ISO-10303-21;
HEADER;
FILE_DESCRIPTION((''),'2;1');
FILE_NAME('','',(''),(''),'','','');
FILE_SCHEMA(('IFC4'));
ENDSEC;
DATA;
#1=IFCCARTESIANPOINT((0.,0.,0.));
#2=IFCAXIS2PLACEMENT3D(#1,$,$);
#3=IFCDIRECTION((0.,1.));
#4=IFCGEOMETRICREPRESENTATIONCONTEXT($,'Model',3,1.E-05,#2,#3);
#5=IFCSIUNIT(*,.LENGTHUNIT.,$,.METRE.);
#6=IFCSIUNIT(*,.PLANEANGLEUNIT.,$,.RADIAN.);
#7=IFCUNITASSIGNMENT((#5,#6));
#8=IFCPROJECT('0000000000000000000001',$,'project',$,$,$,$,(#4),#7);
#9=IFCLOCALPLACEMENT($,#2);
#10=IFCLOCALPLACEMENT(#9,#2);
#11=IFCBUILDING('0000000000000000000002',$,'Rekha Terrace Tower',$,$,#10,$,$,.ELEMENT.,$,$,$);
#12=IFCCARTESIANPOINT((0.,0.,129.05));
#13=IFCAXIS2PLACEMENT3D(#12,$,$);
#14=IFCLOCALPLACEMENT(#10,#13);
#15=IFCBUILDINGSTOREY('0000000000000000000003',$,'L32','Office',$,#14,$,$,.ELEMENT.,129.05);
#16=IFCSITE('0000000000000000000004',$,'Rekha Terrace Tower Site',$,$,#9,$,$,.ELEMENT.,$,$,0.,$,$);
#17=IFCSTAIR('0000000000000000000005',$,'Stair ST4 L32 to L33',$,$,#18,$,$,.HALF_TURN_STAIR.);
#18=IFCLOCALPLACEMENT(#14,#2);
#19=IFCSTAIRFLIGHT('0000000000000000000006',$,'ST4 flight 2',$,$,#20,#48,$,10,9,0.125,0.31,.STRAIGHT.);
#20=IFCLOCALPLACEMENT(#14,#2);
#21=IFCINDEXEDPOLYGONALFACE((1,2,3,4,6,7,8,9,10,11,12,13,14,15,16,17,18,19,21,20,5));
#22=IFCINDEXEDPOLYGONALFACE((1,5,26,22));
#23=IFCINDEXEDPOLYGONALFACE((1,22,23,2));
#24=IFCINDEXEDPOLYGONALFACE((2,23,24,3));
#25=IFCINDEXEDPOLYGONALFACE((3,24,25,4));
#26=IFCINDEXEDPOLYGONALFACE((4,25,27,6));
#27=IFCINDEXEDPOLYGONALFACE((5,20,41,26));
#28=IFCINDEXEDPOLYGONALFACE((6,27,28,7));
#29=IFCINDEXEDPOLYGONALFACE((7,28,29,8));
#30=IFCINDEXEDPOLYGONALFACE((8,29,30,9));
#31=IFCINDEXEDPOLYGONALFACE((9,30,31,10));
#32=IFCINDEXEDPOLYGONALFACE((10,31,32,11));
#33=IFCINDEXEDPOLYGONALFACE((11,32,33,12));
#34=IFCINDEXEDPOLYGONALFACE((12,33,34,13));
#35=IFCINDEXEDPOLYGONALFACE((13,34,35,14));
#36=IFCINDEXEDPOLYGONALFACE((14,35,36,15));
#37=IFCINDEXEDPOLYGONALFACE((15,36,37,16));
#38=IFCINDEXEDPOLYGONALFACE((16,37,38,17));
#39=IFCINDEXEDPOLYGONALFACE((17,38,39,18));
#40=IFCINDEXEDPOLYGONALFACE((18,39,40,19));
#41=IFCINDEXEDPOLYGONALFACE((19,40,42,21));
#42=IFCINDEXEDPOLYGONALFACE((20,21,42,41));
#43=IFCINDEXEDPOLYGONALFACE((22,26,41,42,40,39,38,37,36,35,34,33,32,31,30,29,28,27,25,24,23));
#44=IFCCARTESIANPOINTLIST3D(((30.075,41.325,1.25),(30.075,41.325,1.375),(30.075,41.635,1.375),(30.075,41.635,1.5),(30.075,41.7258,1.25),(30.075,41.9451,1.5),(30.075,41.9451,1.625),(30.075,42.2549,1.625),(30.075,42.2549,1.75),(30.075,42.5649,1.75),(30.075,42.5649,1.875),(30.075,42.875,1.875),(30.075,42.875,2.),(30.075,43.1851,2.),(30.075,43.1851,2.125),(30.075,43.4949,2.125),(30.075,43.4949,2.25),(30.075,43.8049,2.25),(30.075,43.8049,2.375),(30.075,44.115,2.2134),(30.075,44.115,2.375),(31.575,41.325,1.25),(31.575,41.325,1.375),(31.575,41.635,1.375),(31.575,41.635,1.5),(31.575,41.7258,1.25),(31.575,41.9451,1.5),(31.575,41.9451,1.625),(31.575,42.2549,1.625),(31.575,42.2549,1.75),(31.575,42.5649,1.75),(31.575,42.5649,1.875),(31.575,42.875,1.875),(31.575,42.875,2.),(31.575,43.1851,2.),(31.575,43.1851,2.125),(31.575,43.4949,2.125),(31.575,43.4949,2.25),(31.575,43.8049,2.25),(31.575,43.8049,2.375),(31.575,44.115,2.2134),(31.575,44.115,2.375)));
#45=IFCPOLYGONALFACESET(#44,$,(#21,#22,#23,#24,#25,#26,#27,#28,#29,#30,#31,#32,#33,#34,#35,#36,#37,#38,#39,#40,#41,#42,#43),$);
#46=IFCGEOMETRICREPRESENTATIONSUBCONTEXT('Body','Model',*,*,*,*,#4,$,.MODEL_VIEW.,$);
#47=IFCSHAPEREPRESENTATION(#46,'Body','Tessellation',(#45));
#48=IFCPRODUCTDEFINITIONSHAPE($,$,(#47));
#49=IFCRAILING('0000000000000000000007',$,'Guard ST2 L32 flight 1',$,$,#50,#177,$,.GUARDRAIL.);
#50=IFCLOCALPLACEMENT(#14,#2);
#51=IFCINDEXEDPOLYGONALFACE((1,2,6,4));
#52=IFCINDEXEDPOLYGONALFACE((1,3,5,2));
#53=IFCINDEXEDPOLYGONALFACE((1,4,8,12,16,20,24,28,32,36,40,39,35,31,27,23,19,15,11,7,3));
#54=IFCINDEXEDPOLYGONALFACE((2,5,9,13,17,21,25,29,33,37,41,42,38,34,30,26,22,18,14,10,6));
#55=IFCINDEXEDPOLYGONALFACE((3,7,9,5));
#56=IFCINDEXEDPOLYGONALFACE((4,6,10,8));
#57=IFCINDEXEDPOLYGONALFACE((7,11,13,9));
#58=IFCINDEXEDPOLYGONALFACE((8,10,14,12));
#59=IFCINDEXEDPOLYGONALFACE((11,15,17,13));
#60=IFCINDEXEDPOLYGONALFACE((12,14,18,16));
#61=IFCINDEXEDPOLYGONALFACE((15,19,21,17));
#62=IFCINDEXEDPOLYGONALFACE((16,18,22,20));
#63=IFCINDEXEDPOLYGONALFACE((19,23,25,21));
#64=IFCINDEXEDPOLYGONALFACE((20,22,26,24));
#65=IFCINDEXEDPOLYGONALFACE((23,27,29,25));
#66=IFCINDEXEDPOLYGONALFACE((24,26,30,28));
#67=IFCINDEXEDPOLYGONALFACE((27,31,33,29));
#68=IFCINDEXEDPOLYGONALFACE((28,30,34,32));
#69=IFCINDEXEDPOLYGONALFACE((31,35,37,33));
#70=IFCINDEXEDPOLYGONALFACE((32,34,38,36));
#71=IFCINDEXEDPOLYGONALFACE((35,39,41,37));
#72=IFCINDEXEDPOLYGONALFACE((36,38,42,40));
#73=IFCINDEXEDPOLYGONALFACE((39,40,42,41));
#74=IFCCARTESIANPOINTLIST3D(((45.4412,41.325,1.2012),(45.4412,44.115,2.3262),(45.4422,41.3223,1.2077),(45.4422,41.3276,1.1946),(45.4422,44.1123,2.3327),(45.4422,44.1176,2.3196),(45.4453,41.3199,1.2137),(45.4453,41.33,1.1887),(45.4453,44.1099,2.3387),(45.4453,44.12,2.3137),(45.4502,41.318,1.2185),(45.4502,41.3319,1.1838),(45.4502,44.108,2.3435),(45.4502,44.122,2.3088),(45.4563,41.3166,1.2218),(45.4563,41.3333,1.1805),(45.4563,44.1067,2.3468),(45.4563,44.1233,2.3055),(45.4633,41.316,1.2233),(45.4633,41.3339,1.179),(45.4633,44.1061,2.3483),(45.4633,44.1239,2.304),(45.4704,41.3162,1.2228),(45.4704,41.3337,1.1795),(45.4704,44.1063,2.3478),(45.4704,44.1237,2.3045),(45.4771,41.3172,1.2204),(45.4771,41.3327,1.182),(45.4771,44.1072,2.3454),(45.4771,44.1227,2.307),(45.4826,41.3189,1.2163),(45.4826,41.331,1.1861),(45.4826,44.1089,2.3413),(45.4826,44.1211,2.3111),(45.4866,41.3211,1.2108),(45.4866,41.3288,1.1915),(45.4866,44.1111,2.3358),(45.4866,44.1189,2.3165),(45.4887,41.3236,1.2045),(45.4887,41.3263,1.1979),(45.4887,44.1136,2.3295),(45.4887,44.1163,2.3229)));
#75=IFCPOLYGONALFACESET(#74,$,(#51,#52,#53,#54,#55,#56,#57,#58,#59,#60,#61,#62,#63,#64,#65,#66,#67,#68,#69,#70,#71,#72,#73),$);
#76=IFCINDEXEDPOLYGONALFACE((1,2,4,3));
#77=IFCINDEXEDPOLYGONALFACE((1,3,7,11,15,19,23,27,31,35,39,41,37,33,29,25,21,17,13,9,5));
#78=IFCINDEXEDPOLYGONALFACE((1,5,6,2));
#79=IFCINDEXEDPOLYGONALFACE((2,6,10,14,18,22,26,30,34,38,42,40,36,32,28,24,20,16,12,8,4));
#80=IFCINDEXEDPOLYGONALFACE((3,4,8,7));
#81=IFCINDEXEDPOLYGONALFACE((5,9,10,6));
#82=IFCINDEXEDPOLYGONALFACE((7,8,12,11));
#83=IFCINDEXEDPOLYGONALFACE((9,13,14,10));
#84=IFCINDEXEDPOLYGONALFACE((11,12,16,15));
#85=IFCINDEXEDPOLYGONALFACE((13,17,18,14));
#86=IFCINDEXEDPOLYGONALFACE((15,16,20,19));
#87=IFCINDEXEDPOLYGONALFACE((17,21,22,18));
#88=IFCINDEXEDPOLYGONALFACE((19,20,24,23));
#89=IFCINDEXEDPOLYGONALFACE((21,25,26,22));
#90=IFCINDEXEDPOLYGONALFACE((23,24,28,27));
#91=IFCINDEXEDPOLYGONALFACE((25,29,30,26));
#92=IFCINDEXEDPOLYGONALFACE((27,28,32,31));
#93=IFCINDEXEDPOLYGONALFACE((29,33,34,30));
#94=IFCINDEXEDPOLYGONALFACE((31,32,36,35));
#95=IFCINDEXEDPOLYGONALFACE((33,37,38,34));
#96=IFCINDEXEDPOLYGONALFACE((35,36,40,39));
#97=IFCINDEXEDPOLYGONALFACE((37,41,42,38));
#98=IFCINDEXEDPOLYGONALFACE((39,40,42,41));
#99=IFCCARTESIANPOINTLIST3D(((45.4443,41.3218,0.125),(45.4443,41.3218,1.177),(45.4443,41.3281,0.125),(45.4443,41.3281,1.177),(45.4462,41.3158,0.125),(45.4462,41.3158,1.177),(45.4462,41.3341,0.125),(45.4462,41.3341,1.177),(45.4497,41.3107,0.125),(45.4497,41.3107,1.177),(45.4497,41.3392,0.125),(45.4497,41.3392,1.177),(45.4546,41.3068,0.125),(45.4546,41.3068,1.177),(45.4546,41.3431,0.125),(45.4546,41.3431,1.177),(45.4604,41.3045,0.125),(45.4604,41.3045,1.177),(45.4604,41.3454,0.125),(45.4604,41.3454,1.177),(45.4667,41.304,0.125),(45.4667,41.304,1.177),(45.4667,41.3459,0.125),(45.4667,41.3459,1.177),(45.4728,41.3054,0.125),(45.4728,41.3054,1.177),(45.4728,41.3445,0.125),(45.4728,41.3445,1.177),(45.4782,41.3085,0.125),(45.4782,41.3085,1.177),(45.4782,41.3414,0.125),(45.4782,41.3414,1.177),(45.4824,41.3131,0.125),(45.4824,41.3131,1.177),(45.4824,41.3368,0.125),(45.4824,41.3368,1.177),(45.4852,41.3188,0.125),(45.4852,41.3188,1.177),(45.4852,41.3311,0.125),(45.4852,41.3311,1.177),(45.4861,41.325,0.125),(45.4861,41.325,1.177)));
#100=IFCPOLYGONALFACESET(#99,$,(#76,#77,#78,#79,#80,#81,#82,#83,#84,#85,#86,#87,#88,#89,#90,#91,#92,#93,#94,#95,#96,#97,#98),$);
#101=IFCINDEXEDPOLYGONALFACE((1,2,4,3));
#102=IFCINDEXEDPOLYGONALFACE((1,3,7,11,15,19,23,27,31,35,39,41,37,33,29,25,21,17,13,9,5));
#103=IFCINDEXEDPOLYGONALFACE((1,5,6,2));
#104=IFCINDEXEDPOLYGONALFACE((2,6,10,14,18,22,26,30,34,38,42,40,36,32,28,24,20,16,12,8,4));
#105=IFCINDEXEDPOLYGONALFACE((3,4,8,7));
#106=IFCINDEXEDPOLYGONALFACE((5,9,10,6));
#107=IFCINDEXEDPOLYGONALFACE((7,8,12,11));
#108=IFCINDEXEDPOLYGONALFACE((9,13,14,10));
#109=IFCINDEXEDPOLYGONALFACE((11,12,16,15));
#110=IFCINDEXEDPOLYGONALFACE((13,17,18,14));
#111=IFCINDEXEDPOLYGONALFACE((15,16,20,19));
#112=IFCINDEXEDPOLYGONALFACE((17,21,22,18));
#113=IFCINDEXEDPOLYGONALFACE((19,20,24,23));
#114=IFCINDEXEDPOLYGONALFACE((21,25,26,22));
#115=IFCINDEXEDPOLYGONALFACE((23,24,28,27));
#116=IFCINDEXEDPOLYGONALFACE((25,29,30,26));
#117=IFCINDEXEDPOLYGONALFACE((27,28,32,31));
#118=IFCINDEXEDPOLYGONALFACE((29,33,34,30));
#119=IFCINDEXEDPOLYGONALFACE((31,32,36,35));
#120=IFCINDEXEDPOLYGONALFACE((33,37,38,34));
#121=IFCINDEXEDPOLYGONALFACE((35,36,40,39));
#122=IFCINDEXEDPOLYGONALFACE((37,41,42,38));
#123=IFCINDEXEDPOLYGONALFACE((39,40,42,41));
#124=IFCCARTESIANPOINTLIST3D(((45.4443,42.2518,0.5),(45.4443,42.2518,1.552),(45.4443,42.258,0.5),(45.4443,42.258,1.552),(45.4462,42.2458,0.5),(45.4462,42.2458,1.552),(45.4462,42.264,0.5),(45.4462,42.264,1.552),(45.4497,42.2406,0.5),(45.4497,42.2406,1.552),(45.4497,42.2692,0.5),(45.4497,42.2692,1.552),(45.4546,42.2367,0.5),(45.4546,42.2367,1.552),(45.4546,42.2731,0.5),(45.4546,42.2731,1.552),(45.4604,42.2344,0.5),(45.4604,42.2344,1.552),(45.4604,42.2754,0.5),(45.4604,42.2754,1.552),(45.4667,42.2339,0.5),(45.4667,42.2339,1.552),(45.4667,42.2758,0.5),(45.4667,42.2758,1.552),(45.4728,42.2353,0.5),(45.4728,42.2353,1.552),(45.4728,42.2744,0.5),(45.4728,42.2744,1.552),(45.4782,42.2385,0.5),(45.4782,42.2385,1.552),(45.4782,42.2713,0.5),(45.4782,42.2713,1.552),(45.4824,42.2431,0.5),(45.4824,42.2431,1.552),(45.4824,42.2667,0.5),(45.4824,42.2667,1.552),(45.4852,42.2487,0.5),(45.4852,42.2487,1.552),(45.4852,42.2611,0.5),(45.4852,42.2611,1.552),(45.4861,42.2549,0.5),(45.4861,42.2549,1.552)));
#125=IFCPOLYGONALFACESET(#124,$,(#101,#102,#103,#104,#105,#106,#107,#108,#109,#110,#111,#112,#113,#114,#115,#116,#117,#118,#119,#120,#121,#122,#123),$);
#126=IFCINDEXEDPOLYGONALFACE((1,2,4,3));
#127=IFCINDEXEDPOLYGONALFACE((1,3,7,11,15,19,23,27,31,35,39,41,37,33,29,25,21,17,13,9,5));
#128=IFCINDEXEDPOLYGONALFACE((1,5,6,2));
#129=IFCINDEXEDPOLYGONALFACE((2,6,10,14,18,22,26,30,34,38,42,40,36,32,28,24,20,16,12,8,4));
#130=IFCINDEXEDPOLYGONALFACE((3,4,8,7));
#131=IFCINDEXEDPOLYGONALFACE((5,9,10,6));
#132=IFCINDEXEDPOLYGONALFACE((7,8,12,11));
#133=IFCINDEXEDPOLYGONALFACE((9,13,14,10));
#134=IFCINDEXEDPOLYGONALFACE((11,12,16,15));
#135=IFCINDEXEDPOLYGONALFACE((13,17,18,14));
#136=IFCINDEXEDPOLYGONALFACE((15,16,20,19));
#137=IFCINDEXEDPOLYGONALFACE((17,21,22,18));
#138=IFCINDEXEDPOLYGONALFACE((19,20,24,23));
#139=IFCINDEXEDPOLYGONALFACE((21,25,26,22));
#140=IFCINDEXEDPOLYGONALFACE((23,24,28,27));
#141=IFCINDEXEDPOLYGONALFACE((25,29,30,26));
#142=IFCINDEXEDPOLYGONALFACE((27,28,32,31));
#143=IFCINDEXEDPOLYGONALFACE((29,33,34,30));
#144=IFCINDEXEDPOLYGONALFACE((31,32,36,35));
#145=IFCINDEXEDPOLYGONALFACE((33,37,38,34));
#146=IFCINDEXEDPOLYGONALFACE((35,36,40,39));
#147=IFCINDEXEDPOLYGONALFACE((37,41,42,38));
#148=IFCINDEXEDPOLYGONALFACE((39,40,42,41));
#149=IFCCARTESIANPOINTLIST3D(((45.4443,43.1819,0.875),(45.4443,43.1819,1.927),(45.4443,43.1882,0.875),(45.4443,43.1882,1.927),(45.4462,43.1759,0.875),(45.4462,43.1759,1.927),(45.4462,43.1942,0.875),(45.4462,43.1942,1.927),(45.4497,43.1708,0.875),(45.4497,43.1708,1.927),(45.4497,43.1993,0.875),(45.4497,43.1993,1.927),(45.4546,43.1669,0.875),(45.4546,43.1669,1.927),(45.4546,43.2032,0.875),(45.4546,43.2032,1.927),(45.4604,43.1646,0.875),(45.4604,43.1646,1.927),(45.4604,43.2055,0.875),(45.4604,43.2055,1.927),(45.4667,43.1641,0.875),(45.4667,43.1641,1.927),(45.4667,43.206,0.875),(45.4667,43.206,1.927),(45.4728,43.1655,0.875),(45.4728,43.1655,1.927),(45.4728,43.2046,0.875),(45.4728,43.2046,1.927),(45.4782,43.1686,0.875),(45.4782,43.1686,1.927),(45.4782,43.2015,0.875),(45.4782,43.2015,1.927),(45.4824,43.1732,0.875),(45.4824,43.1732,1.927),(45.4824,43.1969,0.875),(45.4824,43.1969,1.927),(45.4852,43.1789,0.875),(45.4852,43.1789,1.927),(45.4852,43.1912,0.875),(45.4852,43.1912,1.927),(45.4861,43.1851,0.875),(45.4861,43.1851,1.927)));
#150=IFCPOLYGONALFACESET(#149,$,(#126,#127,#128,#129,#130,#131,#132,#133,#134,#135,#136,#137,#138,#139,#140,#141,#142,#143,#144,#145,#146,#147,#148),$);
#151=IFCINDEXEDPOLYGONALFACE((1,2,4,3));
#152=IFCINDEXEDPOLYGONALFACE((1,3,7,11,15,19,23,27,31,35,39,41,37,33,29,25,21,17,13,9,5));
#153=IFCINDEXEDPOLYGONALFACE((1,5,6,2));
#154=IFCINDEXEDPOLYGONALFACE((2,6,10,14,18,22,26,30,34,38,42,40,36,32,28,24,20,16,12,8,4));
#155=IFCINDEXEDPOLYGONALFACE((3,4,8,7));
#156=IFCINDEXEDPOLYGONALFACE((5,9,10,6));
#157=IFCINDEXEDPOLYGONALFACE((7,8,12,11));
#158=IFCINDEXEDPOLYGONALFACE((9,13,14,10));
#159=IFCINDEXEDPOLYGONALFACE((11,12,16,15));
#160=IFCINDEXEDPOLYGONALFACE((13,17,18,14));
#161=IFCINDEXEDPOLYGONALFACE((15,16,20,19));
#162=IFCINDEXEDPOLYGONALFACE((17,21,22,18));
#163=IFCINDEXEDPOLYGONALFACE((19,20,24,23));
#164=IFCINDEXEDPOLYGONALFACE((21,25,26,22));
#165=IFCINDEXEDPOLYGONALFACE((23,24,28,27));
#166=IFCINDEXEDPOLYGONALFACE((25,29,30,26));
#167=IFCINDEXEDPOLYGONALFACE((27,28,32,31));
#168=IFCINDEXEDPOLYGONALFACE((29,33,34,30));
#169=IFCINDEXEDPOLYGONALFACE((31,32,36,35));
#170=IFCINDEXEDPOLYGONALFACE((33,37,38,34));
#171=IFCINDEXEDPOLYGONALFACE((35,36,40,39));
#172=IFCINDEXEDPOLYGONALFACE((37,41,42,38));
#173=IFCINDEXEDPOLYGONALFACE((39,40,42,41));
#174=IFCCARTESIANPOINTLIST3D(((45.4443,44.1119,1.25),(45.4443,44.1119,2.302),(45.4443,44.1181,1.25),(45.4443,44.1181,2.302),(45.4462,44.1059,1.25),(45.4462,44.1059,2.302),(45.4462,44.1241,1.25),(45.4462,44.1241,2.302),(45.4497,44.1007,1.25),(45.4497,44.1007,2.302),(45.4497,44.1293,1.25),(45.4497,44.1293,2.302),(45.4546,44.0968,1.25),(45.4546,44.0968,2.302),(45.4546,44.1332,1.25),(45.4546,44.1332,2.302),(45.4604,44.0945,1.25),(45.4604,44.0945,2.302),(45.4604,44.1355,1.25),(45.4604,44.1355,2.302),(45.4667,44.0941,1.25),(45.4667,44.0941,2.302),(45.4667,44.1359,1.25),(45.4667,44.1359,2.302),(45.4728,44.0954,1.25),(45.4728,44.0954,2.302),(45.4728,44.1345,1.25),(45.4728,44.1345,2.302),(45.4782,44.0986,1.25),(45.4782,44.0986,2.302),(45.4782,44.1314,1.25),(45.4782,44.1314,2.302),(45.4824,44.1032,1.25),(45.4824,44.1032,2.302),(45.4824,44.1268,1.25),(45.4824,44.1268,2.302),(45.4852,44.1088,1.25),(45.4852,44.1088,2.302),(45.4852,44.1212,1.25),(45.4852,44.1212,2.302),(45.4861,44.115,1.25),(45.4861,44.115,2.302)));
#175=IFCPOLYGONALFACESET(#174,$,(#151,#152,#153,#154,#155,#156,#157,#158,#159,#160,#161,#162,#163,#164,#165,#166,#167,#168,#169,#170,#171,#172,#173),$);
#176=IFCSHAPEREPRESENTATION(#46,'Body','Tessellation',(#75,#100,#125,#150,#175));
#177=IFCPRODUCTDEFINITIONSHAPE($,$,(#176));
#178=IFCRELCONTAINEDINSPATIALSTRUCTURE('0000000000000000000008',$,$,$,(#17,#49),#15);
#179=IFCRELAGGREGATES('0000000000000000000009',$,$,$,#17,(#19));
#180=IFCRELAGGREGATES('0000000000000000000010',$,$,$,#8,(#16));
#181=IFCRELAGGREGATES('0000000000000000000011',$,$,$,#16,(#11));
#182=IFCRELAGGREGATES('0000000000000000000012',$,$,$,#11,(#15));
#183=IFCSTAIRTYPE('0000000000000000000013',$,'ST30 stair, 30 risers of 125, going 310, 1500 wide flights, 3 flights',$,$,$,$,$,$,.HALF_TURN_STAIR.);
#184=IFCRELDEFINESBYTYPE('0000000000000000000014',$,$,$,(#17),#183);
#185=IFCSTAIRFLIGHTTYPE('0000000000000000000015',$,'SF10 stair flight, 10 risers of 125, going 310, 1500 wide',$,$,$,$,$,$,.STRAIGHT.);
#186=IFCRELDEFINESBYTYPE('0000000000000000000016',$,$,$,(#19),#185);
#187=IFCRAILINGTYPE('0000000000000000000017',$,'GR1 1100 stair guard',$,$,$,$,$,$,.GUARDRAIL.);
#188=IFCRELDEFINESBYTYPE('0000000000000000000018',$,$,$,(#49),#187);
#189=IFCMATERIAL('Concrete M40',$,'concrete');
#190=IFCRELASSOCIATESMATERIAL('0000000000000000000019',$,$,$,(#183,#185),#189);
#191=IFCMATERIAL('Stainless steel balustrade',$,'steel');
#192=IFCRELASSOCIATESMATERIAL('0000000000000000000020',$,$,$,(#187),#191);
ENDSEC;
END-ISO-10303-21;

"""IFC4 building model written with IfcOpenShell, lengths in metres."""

from ifc_helpers import new_model, si_unit, direction, frame, origin, origin_2d, place, context, subcontext, project, spatial, polyline, circle, outline, extrude, material, type_object, element, aggregate, save


model = new_model("IFC4")

# Units and contexts
model_context = context("Model", 3, precision=1e-05, world=origin(), true_north=direction((0.0, 1.0)))
body_context = subcontext(model_context, "Body", "Model", "MODEL_VIEW")
ifc_project = project(units=[si_unit("LENGTHUNIT", "METRE"), si_unit("PLANEANGLEUNIT", "RADIAN")], contexts=[model_context])

# Site, building, storey
site_placement = place(None, origin())
site = spatial("IfcSite", under=ifc_project, at=site_placement, Name="Rekha Terrace Tower Site", CompositionType="ELEMENT", RefElevation=0.0)
building_placement = place(site_placement, origin())
building = spatial("IfcBuilding", under=site, at=building_placement, Name="Rekha Terrace Tower", CompositionType="ELEMENT")
storey_placement = place(building_placement, frame((0.0, 0.0, 129.05)))
storey = spatial("IfcBuildingStorey", under=building, at=storey_placement, Name="L32", Description="Office", CompositionType="ELEMENT", Elevation=129.05)

# Stair, stair flight
ifc_material_1 = material(Name="Concrete M40", Category="concrete")
stair_type = type_object("IfcStairType", Name="ST30 stair, 30 risers of 125, going 310, 1500 wide flights, 3 flights", PredefinedType="HALF_TURN_STAIR", material=ifc_material_1)
stair_flight_type = type_object("IfcStairFlightType", Name="SF10 stair flight, 10 risers of 125, going 310, 1500 wide", PredefinedType="STRAIGHT", material=ifc_material_1)
stair_1_placement = place(storey_placement, origin())
stair_1 = element("IfcStair", 1, at=stair_1_placement, inside=storey, type_object=stair_type, Name="Stair ST4 L32 to L33", PredefinedType="HALF_TURN_STAIR")
stair_flight_1_placement = place(storey_placement, frame((30.825, 41.325, 1.25), z_axis=(0.0, 0.0, 1.0), x_axis=(0.0, 1.0, 0.0)))
stair_flight_1 = element("IfcStairFlight", 2, at=stair_flight_1_placement, type_object=stair_flight_type, Name="ST4 flight 2", NumberOfRisers=10, NumberOfTreads=9, PredefinedType="STRAIGHT", RiserHeight=0.125, TreadLength=0.31, context=body_context, shape_type="SweptSolid", body=[
    extrude(outline(polyline([(0.0, 0.0), (0.0, 0.125), (0.3101, 0.125), (0.3101, 0.25), (0.6201, 0.25), (0.6201, 0.375), (0.9299, 0.375), (0.9299, 0.5), (1.24, 0.5), (1.24, 0.625), (1.55, 0.625), (1.55, 0.75), (1.8601, 0.75), (1.8601, 0.875), (2.1699, 0.875), (2.1699, 1.0), (2.48, 1.0), (2.48, 1.125), (2.79, 1.125), (2.79, 1.25), (2.79, 0.9634), (0.4009, 0.0), (0.0, 0.0)])), frame((0.0, 0.75, 0.0), z_axis=(0.0, -1.0, 0.0), x_axis=(1.0, 0.0, 0.0)), (0.0, 0.0, 1.0), 1.5),
])
aggregate(stair_1, [stair_flight_1])

# Railing
ifc_material_2 = material(Name="Stainless steel balustrade", Category="steel")
railing_type_1 = type_object("IfcRailingType", Name="GR1 1100 stair guard", PredefinedType="GUARDRAIL", material=ifc_material_2)
railing_1_placement = place(storey_placement, frame((45.4651, 41.325, 0.125)))
element("IfcRailing", 3, at=railing_1_placement, inside=storey, type_object=railing_type_1, Name="Guard ST2 L32 flight 1", PredefinedType="GUARDRAIL", context=body_context, shape_type="SweptSolid", body=[
    extrude(circle(Radius=0.0239, at=origin_2d()), frame((0.0, 0.0, 1.0762), z_axis=(0.0, 0.927443, 0.373964), x_axis=(-1.0, 0.0, 0.0)), (0.0, 0.0, 1.0), 3.0083),
    extrude(circle(Radius=0.021, at=origin_2d()), origin(), (0.0, 0.0, 1.0), 1.052),
    extrude(circle(Radius=0.021, at=origin_2d()), frame((0.0, 0.9299, 0.375)), (0.0, 0.0, 1.0), 1.052),
    extrude(circle(Radius=0.021, at=origin_2d()), frame((0.0, 1.8601, 0.75)), (0.0, 0.0, 1.0), 1.052),
    extrude(circle(Radius=0.021, at=origin_2d()), frame((0.0, 2.79, 1.125)), (0.0, 0.0, 1.0), 1.052),
])

save(model, "model.ifc")
